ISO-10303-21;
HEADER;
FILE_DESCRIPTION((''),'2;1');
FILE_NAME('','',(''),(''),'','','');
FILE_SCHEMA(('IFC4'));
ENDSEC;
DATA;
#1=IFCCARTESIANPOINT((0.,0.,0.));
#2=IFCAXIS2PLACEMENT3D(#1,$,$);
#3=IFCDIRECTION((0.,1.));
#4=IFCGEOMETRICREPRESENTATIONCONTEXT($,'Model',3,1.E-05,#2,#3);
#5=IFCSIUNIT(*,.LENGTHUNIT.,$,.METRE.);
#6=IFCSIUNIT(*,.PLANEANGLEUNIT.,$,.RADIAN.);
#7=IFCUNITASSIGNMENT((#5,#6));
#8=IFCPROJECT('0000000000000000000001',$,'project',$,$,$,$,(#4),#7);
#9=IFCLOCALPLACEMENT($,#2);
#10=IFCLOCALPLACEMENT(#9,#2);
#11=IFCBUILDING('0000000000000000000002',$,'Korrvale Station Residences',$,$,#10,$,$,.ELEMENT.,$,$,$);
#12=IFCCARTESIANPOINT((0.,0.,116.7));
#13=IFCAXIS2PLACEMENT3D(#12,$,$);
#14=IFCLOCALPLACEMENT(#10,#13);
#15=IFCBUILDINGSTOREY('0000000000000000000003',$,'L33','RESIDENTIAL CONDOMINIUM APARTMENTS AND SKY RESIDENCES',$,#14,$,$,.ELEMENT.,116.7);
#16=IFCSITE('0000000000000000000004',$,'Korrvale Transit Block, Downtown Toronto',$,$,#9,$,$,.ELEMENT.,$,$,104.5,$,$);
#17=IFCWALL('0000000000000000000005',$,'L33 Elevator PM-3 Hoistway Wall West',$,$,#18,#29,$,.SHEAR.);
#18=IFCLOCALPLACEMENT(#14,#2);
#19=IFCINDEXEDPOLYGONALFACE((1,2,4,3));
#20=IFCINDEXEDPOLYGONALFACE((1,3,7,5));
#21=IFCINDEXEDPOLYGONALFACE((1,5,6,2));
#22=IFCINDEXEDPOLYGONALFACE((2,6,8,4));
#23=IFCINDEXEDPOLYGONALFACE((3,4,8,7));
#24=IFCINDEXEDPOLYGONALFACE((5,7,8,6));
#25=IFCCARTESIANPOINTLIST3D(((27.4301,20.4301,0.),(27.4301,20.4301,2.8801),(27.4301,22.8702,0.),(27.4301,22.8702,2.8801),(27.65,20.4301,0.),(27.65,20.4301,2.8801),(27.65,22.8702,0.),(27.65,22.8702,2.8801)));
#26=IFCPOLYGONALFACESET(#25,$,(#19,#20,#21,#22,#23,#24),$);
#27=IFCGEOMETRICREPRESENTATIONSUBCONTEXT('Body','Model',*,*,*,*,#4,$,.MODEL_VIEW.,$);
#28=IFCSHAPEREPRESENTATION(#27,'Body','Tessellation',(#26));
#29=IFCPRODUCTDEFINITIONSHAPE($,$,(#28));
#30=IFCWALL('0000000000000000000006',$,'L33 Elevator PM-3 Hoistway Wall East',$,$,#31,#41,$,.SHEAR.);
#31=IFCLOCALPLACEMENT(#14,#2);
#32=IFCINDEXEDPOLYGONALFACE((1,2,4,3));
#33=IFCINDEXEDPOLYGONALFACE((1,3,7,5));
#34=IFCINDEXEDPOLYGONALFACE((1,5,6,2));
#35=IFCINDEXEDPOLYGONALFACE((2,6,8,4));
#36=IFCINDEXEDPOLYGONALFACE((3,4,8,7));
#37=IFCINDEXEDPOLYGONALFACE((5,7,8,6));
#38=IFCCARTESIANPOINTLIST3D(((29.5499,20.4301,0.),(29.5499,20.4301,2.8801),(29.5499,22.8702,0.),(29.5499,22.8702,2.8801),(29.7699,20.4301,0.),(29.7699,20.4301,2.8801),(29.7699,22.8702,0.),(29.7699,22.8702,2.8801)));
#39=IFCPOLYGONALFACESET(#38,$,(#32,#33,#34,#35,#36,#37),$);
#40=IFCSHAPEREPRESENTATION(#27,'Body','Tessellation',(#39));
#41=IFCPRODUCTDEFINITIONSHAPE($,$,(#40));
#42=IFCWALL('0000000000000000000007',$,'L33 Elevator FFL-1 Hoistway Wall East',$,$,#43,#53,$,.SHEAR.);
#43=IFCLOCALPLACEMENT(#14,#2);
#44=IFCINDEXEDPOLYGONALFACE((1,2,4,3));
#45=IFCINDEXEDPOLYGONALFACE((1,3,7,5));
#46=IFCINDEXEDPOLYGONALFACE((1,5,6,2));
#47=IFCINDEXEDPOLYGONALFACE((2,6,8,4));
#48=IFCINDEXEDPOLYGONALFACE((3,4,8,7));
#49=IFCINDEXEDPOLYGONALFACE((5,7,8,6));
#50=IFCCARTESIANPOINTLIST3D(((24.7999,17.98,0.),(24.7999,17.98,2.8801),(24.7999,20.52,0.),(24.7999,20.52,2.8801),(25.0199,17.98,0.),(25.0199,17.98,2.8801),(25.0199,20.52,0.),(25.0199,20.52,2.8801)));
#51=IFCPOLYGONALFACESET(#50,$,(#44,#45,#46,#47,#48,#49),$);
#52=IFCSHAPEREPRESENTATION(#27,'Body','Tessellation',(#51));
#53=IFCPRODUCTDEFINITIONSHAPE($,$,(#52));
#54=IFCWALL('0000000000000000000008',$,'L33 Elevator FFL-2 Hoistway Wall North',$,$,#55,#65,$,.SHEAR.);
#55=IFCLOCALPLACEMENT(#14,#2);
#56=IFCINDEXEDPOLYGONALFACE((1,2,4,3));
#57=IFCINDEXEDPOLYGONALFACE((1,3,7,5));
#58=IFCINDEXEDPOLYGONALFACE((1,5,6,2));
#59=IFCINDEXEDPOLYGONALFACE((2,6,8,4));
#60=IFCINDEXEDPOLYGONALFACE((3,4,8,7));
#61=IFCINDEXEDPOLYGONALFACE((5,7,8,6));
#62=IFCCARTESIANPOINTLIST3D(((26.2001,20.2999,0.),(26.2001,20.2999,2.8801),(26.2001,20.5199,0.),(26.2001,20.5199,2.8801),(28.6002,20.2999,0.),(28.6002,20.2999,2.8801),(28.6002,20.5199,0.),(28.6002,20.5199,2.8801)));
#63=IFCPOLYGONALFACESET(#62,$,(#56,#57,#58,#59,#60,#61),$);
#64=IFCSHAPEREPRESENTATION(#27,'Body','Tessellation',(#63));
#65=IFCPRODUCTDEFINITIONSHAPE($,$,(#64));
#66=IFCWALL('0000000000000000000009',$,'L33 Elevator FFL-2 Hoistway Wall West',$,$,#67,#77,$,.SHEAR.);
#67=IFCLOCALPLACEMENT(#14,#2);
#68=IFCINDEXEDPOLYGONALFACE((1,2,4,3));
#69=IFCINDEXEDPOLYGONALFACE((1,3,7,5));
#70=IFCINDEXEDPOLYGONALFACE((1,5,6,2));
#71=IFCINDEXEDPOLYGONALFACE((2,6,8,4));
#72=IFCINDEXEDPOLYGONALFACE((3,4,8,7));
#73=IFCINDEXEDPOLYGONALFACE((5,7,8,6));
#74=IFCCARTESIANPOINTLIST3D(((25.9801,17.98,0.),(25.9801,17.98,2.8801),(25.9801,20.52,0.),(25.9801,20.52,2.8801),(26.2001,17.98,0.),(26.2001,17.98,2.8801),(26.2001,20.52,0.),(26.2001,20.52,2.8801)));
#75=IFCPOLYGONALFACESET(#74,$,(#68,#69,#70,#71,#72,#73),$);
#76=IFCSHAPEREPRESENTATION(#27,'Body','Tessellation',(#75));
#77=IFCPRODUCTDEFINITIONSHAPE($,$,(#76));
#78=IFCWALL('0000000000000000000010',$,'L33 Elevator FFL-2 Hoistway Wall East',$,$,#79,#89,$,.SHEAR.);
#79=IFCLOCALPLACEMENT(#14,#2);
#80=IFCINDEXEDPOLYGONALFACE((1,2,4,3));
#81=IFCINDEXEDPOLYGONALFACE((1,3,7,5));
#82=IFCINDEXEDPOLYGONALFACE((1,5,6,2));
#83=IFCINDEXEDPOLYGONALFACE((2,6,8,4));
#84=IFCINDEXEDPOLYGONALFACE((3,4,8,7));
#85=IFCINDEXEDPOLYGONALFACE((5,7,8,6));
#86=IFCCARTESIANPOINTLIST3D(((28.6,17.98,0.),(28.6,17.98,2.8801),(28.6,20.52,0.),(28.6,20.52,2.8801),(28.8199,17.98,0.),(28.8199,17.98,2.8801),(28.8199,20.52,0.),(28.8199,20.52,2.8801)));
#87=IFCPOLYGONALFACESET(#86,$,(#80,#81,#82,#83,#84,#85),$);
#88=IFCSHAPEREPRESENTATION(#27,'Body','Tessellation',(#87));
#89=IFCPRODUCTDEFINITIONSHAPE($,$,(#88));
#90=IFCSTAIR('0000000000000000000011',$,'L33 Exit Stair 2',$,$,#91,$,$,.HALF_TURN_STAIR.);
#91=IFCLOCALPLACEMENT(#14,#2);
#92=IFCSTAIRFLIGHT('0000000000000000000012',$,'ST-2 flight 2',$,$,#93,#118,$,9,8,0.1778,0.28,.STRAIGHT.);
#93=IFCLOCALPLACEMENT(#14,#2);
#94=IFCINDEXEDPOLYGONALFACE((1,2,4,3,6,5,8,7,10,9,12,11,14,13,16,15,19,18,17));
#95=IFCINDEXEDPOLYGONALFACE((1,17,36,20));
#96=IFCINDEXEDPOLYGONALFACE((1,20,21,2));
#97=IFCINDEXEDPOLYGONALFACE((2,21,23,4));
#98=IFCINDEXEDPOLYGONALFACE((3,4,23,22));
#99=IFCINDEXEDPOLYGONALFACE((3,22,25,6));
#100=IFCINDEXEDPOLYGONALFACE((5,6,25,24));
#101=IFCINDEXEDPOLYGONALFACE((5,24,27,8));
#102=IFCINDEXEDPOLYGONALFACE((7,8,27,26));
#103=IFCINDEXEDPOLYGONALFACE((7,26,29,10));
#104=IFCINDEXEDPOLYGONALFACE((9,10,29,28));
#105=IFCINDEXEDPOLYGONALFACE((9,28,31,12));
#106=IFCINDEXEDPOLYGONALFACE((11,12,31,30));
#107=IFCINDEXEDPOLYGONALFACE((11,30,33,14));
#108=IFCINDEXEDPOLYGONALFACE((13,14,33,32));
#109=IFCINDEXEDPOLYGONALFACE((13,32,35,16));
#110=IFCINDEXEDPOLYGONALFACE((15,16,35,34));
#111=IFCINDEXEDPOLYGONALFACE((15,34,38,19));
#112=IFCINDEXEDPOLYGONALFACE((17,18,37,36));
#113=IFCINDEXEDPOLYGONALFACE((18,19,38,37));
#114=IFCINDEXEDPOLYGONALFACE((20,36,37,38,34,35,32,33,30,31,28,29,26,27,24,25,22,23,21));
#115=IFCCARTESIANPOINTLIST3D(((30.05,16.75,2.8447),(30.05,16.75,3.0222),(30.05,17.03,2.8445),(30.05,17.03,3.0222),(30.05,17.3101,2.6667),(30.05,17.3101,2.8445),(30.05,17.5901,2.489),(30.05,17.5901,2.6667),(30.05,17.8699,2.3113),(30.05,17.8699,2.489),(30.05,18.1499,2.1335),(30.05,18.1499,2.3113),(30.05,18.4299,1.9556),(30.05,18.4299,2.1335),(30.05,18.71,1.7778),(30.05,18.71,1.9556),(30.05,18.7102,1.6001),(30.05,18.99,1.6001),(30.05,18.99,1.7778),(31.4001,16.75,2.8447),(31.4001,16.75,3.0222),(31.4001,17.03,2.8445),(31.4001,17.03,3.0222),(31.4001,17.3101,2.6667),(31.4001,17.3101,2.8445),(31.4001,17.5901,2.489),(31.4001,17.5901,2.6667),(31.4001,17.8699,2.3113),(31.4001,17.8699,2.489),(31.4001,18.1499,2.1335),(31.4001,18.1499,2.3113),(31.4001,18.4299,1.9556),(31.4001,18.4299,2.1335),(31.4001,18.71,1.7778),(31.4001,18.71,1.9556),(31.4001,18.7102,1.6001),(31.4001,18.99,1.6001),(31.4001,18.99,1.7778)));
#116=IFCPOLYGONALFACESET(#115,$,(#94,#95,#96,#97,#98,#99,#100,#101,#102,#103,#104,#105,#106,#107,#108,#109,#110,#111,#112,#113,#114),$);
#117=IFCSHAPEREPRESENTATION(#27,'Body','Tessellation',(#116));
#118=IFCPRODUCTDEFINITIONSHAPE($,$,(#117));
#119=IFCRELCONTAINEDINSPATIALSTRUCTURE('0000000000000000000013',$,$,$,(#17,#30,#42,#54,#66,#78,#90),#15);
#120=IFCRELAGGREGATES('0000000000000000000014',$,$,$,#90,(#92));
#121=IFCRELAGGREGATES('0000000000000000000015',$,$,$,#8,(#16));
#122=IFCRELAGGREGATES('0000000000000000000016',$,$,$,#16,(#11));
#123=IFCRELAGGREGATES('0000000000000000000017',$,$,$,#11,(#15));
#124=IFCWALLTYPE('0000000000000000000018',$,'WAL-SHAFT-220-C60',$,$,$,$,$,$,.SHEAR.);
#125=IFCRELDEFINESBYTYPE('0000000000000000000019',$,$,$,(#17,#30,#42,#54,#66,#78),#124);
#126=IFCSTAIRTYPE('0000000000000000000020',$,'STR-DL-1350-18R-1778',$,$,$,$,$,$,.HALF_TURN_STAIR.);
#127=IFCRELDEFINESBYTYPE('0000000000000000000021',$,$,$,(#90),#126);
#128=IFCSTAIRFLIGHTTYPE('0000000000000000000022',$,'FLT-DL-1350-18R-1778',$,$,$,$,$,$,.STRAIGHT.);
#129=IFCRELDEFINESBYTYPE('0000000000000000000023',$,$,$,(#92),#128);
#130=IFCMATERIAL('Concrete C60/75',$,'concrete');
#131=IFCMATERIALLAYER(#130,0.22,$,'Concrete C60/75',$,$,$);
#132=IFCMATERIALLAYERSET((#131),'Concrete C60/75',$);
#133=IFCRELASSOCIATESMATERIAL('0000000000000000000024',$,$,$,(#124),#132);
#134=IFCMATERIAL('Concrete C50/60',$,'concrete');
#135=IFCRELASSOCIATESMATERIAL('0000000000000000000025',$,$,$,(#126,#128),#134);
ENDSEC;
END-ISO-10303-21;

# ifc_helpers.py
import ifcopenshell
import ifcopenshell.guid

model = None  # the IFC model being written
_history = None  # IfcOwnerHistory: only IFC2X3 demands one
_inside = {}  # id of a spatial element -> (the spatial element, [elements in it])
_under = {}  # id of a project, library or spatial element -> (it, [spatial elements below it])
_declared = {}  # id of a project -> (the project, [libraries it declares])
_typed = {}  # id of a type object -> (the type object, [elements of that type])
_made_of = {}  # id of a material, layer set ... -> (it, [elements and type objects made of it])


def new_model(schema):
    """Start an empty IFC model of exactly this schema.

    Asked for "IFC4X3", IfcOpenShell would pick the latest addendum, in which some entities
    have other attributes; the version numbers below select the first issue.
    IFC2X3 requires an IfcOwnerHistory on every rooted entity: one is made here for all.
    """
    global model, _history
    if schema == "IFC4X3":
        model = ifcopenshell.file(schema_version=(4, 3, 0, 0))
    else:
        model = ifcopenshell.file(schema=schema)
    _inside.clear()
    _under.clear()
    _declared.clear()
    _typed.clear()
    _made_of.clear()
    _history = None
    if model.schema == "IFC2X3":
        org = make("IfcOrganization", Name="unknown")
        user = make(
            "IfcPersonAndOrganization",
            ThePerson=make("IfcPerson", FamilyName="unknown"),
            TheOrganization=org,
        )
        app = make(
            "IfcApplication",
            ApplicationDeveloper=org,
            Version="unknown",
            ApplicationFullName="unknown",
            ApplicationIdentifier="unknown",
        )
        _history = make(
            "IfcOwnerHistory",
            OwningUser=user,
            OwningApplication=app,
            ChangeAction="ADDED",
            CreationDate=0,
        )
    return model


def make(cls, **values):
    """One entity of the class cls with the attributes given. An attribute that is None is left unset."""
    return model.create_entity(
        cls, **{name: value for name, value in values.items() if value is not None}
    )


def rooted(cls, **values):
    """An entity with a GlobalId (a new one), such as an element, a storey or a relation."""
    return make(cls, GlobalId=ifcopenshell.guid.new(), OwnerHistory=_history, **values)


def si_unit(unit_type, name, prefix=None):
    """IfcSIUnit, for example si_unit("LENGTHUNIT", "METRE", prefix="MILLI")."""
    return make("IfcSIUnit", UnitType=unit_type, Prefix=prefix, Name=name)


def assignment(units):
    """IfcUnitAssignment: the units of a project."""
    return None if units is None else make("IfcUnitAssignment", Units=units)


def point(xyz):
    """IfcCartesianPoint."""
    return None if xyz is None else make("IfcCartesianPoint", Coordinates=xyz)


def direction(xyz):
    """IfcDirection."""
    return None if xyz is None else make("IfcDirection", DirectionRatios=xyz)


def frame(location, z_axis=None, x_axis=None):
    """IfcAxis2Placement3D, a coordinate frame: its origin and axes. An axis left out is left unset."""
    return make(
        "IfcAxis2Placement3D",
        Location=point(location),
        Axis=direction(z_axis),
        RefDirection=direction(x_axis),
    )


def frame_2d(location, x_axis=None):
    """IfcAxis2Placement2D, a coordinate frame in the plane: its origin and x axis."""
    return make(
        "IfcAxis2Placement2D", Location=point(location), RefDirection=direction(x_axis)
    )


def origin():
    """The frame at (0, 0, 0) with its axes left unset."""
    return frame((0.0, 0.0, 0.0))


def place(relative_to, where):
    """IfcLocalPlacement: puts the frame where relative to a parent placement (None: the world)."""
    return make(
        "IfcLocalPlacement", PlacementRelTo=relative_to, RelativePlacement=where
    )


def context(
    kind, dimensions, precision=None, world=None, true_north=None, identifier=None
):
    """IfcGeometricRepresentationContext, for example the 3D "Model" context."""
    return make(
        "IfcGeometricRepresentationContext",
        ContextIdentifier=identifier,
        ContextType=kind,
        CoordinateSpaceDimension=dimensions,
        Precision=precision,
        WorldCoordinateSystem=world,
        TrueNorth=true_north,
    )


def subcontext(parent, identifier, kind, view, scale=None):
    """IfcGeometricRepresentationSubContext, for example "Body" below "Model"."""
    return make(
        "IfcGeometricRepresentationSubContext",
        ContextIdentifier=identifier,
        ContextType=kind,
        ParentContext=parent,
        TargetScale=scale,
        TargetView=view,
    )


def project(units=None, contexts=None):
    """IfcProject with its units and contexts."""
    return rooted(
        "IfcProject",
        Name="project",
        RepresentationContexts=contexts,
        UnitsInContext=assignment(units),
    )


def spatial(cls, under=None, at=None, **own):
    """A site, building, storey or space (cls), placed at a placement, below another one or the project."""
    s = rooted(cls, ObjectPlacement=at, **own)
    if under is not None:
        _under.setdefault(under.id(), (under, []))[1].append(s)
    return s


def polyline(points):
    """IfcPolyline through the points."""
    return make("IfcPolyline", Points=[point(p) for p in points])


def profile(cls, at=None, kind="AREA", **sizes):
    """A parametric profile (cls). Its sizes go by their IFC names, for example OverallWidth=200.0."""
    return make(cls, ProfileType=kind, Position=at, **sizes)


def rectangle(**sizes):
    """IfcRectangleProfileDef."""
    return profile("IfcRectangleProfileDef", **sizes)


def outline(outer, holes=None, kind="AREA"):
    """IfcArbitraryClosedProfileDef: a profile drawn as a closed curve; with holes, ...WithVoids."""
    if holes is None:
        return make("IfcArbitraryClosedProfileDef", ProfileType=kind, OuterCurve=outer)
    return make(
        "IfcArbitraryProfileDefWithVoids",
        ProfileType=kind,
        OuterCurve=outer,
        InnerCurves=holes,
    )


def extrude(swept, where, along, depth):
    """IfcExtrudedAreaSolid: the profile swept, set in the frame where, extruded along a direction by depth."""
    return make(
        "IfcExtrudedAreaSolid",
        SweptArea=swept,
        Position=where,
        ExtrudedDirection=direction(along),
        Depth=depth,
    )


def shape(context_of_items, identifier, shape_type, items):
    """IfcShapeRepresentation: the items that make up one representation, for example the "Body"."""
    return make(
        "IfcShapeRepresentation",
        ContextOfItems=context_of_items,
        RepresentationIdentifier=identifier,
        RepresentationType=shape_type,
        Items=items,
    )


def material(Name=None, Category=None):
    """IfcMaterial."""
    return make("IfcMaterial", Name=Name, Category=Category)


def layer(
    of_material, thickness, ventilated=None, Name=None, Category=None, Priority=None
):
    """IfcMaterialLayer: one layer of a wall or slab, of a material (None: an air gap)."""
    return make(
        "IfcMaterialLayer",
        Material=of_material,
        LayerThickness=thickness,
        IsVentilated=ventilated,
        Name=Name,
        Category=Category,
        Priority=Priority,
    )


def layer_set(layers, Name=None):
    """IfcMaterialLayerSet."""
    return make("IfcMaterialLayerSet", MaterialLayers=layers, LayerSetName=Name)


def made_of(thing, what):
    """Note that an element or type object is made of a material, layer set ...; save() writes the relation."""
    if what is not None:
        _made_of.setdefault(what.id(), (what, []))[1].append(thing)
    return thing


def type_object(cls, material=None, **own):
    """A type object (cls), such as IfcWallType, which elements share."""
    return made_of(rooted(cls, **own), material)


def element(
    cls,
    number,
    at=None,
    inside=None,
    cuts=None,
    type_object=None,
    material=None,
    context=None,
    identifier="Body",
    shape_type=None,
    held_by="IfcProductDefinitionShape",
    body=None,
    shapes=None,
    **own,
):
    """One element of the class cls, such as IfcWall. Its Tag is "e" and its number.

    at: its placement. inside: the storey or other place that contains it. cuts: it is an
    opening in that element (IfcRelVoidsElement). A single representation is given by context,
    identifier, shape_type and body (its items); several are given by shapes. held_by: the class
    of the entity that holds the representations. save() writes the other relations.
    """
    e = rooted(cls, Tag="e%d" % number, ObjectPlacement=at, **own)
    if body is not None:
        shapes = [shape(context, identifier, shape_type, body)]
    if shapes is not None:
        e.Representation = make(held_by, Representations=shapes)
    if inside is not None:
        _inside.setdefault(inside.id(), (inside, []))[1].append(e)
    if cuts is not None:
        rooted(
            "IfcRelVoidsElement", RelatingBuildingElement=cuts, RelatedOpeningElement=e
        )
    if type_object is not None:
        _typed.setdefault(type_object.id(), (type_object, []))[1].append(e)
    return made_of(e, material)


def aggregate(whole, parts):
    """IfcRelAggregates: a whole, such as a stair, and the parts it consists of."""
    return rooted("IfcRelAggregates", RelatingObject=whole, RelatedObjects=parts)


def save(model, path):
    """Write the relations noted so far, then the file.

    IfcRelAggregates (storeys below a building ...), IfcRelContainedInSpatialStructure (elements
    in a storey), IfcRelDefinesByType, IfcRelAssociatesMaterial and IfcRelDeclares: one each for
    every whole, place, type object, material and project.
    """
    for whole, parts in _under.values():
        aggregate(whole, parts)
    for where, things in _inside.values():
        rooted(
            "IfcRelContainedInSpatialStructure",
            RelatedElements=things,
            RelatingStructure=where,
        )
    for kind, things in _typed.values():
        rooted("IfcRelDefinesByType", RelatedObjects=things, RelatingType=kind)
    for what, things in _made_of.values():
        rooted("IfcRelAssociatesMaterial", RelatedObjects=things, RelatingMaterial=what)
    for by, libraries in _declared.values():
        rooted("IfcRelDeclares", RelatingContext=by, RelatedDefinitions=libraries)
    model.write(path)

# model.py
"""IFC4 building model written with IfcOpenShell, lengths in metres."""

from ifc_helpers import new_model, si_unit, direction, frame, frame_2d, origin, place, context, subcontext, project, spatial, polyline, rectangle, outline, extrude, material, layer, layer_set, type_object, element, aggregate, save


model = new_model("IFC4")

# Units and contexts
model_context = context("Model", 3, precision=1e-05, world=origin(), true_north=direction((0.0, 1.0)))
body_context = subcontext(model_context, "Body", "Model", "MODEL_VIEW")
ifc_project = project(units=[si_unit("LENGTHUNIT", "METRE"), si_unit("PLANEANGLEUNIT", "RADIAN")], contexts=[model_context])

# Site, building, storey
site_placement = place(None, origin())
site = spatial("IfcSite", under=ifc_project, at=site_placement, Name="Korrvale Transit Block, Downtown Toronto", CompositionType="ELEMENT", RefElevation=104.5)
building_placement = place(site_placement, origin())
building = spatial("IfcBuilding", under=site, at=building_placement, Name="Korrvale Station Residences", CompositionType="ELEMENT")
storey_placement = place(building_placement, frame((0.0, 0.0, 116.7)))
storey = spatial("IfcBuildingStorey", under=building, at=storey_placement, Name="L33", Description="RESIDENTIAL CONDOMINIUM APARTMENTS AND SKY RESIDENCES", CompositionType="ELEMENT", Elevation=116.7)

# Shared definitions
ifc_material_1 = material(Name="Concrete C60/75", Category="concrete")

# Walls
ifc_layer_1 = layer(ifc_material_1, 0.22, Name="Concrete C60/75")
ifc_layer_set_1 = layer_set([ifc_layer_1], Name="Concrete C60/75")
wall_type_1 = type_object("IfcWallType", Name="WAL-SHAFT-220-C60", PredefinedType="SHEAR", material=ifc_layer_set_1)
for number, where, z_axis, x_axis, name in (
    (1, (27.54, 20.4299, 0.0), (0.0, 0.0, 1.0), (0.0, 1.0, 0.0), "L33 Elevator PM-3 Hoistway Wall West"),
    (2, (29.6599, 20.4299, 0.0), (0.0, 0.0, 1.0), (0.0, 1.0, 0.0), "L33 Elevator PM-3 Hoistway Wall East"),
):
    element("IfcWall", number, at=place(storey_placement, frame(where, z_axis=z_axis, x_axis=x_axis)), inside=storey, type_object=wall_type_1, Name=name, PredefinedType="SHEAR", context=body_context, shape_type="SweptSolid", body=[
        extrude(rectangle(XDim=2.4402, YDim=0.22, at=frame_2d((1.2202, 0.0))), origin(), (0.0, 0.0, 1.0), 2.8801),
    ])
wall_1_placement = place(storey_placement, frame((24.9099, 17.98, 0.0), z_axis=(0.0, 0.0, 1.0), x_axis=(0.0, 1.0, 0.0)))
element("IfcWall", 3, at=wall_1_placement, inside=storey, type_object=wall_type_1, Name="L33 Elevator FFL-1 Hoistway Wall East", PredefinedType="SHEAR", context=body_context, shape_type="SweptSolid", body=[
    extrude(rectangle(XDim=2.54, YDim=0.22, at=frame_2d((1.27, 0.0))), origin(), (0.0, 0.0, 1.0), 2.8801),
])

# Walls
wall_2_placement = place(storey_placement, frame((26.2, 20.4099, 0.0), z_axis=(0.0, 0.0, 1.0), x_axis=(1.0, 0.0, 0.0)))
element("IfcWall", 4, at=wall_2_placement, inside=storey, type_object=wall_type_1, Name="L33 Elevator FFL-2 Hoistway Wall North", PredefinedType="SHEAR", context=body_context, shape_type="SweptSolid", body=[
    extrude(rectangle(XDim=2.4001, YDim=0.22, at=frame_2d((1.2002, 0.0))), origin(), (0.0, 0.0, 1.0), 2.8801),
])
for number, where, z_axis, x_axis, name in (
    (5, (26.0901, 17.98, 0.0), (0.0, 0.0, 1.0), (0.0, 1.0, 0.0), "L33 Elevator FFL-2 Hoistway Wall West"),
    (6, (28.71, 17.98, 0.0), (0.0, 0.0, 1.0), (0.0, 1.0, 0.0), "L33 Elevator FFL-2 Hoistway Wall East"),
):
    element("IfcWall", number, at=place(storey_placement, frame(where, z_axis=z_axis, x_axis=x_axis)), inside=storey, type_object=wall_type_1, Name=name, PredefinedType="SHEAR", context=body_context, shape_type="SweptSolid", body=[
        extrude(rectangle(XDim=2.54, YDim=0.22, at=frame_2d((1.27, 0.0))), origin(), (0.0, 0.0, 1.0), 2.8801),
    ])

# Stair, stair flight
ifc_material_2 = material(Name="Concrete C50/60", Category="concrete")
stair_type = type_object("IfcStairType", Name="STR-DL-1350-18R-1778", PredefinedType="HALF_TURN_STAIR", material=ifc_material_2)
stair_placement = place(storey_placement, origin())
stair = element("IfcStair", 7, at=stair_placement, inside=storey, type_object=stair_type, Name="L33 Exit Stair 2", PredefinedType="HALF_TURN_STAIR")
stair_flight_type = type_object("IfcStairFlightType", Name="FLT-DL-1350-18R-1778", PredefinedType="STRAIGHT", material=ifc_material_2)
stair_flight_placement = place(storey_placement, frame((30.7251, 18.99, 1.6001), z_axis=(0.0, 0.0, 1.0), x_axis=(0.0, -1.0, 0.0)))
stair_flight = element("IfcStairFlight", 8, at=stair_flight_placement, type_object=stair_flight_type, Name="ST-2 flight 2", NumberOfRisers=9, NumberOfTreads=8, PredefinedType="STRAIGHT", RiserHeight=0.1778, TreadLength=0.28, context=body_context, shape_type="SweptSolid", body=[
    extrude(outline(polyline([(0.0, 0.0), (0.0, 0.1777), (0.28, 0.1777), (0.28, 0.3555), (0.5601, 0.3555), (0.5601, 0.5334), (0.8401, 0.5334), (0.8401, 0.7112), (1.1201, 0.7112), (1.1201, 0.8889), (1.3999, 0.8889), (1.3999, 1.0667), (1.6799, 1.0667), (1.6799, 1.2444), (1.96, 1.2444), (1.96, 1.4221), (2.24, 1.4221), (2.24, 1.6001), (2.24, 1.2446), (0.2798, 0.0), (0.0, 0.0)])), frame((0.0, 0.675, 0.0), z_axis=(0.0, -1.0, 0.0), x_axis=(1.0, 0.0, 0.0)), (0.0, 0.0, 1.0), 1.3501),
])
aggregate(stair, [stair_flight])

save(model, "model.ifc")
